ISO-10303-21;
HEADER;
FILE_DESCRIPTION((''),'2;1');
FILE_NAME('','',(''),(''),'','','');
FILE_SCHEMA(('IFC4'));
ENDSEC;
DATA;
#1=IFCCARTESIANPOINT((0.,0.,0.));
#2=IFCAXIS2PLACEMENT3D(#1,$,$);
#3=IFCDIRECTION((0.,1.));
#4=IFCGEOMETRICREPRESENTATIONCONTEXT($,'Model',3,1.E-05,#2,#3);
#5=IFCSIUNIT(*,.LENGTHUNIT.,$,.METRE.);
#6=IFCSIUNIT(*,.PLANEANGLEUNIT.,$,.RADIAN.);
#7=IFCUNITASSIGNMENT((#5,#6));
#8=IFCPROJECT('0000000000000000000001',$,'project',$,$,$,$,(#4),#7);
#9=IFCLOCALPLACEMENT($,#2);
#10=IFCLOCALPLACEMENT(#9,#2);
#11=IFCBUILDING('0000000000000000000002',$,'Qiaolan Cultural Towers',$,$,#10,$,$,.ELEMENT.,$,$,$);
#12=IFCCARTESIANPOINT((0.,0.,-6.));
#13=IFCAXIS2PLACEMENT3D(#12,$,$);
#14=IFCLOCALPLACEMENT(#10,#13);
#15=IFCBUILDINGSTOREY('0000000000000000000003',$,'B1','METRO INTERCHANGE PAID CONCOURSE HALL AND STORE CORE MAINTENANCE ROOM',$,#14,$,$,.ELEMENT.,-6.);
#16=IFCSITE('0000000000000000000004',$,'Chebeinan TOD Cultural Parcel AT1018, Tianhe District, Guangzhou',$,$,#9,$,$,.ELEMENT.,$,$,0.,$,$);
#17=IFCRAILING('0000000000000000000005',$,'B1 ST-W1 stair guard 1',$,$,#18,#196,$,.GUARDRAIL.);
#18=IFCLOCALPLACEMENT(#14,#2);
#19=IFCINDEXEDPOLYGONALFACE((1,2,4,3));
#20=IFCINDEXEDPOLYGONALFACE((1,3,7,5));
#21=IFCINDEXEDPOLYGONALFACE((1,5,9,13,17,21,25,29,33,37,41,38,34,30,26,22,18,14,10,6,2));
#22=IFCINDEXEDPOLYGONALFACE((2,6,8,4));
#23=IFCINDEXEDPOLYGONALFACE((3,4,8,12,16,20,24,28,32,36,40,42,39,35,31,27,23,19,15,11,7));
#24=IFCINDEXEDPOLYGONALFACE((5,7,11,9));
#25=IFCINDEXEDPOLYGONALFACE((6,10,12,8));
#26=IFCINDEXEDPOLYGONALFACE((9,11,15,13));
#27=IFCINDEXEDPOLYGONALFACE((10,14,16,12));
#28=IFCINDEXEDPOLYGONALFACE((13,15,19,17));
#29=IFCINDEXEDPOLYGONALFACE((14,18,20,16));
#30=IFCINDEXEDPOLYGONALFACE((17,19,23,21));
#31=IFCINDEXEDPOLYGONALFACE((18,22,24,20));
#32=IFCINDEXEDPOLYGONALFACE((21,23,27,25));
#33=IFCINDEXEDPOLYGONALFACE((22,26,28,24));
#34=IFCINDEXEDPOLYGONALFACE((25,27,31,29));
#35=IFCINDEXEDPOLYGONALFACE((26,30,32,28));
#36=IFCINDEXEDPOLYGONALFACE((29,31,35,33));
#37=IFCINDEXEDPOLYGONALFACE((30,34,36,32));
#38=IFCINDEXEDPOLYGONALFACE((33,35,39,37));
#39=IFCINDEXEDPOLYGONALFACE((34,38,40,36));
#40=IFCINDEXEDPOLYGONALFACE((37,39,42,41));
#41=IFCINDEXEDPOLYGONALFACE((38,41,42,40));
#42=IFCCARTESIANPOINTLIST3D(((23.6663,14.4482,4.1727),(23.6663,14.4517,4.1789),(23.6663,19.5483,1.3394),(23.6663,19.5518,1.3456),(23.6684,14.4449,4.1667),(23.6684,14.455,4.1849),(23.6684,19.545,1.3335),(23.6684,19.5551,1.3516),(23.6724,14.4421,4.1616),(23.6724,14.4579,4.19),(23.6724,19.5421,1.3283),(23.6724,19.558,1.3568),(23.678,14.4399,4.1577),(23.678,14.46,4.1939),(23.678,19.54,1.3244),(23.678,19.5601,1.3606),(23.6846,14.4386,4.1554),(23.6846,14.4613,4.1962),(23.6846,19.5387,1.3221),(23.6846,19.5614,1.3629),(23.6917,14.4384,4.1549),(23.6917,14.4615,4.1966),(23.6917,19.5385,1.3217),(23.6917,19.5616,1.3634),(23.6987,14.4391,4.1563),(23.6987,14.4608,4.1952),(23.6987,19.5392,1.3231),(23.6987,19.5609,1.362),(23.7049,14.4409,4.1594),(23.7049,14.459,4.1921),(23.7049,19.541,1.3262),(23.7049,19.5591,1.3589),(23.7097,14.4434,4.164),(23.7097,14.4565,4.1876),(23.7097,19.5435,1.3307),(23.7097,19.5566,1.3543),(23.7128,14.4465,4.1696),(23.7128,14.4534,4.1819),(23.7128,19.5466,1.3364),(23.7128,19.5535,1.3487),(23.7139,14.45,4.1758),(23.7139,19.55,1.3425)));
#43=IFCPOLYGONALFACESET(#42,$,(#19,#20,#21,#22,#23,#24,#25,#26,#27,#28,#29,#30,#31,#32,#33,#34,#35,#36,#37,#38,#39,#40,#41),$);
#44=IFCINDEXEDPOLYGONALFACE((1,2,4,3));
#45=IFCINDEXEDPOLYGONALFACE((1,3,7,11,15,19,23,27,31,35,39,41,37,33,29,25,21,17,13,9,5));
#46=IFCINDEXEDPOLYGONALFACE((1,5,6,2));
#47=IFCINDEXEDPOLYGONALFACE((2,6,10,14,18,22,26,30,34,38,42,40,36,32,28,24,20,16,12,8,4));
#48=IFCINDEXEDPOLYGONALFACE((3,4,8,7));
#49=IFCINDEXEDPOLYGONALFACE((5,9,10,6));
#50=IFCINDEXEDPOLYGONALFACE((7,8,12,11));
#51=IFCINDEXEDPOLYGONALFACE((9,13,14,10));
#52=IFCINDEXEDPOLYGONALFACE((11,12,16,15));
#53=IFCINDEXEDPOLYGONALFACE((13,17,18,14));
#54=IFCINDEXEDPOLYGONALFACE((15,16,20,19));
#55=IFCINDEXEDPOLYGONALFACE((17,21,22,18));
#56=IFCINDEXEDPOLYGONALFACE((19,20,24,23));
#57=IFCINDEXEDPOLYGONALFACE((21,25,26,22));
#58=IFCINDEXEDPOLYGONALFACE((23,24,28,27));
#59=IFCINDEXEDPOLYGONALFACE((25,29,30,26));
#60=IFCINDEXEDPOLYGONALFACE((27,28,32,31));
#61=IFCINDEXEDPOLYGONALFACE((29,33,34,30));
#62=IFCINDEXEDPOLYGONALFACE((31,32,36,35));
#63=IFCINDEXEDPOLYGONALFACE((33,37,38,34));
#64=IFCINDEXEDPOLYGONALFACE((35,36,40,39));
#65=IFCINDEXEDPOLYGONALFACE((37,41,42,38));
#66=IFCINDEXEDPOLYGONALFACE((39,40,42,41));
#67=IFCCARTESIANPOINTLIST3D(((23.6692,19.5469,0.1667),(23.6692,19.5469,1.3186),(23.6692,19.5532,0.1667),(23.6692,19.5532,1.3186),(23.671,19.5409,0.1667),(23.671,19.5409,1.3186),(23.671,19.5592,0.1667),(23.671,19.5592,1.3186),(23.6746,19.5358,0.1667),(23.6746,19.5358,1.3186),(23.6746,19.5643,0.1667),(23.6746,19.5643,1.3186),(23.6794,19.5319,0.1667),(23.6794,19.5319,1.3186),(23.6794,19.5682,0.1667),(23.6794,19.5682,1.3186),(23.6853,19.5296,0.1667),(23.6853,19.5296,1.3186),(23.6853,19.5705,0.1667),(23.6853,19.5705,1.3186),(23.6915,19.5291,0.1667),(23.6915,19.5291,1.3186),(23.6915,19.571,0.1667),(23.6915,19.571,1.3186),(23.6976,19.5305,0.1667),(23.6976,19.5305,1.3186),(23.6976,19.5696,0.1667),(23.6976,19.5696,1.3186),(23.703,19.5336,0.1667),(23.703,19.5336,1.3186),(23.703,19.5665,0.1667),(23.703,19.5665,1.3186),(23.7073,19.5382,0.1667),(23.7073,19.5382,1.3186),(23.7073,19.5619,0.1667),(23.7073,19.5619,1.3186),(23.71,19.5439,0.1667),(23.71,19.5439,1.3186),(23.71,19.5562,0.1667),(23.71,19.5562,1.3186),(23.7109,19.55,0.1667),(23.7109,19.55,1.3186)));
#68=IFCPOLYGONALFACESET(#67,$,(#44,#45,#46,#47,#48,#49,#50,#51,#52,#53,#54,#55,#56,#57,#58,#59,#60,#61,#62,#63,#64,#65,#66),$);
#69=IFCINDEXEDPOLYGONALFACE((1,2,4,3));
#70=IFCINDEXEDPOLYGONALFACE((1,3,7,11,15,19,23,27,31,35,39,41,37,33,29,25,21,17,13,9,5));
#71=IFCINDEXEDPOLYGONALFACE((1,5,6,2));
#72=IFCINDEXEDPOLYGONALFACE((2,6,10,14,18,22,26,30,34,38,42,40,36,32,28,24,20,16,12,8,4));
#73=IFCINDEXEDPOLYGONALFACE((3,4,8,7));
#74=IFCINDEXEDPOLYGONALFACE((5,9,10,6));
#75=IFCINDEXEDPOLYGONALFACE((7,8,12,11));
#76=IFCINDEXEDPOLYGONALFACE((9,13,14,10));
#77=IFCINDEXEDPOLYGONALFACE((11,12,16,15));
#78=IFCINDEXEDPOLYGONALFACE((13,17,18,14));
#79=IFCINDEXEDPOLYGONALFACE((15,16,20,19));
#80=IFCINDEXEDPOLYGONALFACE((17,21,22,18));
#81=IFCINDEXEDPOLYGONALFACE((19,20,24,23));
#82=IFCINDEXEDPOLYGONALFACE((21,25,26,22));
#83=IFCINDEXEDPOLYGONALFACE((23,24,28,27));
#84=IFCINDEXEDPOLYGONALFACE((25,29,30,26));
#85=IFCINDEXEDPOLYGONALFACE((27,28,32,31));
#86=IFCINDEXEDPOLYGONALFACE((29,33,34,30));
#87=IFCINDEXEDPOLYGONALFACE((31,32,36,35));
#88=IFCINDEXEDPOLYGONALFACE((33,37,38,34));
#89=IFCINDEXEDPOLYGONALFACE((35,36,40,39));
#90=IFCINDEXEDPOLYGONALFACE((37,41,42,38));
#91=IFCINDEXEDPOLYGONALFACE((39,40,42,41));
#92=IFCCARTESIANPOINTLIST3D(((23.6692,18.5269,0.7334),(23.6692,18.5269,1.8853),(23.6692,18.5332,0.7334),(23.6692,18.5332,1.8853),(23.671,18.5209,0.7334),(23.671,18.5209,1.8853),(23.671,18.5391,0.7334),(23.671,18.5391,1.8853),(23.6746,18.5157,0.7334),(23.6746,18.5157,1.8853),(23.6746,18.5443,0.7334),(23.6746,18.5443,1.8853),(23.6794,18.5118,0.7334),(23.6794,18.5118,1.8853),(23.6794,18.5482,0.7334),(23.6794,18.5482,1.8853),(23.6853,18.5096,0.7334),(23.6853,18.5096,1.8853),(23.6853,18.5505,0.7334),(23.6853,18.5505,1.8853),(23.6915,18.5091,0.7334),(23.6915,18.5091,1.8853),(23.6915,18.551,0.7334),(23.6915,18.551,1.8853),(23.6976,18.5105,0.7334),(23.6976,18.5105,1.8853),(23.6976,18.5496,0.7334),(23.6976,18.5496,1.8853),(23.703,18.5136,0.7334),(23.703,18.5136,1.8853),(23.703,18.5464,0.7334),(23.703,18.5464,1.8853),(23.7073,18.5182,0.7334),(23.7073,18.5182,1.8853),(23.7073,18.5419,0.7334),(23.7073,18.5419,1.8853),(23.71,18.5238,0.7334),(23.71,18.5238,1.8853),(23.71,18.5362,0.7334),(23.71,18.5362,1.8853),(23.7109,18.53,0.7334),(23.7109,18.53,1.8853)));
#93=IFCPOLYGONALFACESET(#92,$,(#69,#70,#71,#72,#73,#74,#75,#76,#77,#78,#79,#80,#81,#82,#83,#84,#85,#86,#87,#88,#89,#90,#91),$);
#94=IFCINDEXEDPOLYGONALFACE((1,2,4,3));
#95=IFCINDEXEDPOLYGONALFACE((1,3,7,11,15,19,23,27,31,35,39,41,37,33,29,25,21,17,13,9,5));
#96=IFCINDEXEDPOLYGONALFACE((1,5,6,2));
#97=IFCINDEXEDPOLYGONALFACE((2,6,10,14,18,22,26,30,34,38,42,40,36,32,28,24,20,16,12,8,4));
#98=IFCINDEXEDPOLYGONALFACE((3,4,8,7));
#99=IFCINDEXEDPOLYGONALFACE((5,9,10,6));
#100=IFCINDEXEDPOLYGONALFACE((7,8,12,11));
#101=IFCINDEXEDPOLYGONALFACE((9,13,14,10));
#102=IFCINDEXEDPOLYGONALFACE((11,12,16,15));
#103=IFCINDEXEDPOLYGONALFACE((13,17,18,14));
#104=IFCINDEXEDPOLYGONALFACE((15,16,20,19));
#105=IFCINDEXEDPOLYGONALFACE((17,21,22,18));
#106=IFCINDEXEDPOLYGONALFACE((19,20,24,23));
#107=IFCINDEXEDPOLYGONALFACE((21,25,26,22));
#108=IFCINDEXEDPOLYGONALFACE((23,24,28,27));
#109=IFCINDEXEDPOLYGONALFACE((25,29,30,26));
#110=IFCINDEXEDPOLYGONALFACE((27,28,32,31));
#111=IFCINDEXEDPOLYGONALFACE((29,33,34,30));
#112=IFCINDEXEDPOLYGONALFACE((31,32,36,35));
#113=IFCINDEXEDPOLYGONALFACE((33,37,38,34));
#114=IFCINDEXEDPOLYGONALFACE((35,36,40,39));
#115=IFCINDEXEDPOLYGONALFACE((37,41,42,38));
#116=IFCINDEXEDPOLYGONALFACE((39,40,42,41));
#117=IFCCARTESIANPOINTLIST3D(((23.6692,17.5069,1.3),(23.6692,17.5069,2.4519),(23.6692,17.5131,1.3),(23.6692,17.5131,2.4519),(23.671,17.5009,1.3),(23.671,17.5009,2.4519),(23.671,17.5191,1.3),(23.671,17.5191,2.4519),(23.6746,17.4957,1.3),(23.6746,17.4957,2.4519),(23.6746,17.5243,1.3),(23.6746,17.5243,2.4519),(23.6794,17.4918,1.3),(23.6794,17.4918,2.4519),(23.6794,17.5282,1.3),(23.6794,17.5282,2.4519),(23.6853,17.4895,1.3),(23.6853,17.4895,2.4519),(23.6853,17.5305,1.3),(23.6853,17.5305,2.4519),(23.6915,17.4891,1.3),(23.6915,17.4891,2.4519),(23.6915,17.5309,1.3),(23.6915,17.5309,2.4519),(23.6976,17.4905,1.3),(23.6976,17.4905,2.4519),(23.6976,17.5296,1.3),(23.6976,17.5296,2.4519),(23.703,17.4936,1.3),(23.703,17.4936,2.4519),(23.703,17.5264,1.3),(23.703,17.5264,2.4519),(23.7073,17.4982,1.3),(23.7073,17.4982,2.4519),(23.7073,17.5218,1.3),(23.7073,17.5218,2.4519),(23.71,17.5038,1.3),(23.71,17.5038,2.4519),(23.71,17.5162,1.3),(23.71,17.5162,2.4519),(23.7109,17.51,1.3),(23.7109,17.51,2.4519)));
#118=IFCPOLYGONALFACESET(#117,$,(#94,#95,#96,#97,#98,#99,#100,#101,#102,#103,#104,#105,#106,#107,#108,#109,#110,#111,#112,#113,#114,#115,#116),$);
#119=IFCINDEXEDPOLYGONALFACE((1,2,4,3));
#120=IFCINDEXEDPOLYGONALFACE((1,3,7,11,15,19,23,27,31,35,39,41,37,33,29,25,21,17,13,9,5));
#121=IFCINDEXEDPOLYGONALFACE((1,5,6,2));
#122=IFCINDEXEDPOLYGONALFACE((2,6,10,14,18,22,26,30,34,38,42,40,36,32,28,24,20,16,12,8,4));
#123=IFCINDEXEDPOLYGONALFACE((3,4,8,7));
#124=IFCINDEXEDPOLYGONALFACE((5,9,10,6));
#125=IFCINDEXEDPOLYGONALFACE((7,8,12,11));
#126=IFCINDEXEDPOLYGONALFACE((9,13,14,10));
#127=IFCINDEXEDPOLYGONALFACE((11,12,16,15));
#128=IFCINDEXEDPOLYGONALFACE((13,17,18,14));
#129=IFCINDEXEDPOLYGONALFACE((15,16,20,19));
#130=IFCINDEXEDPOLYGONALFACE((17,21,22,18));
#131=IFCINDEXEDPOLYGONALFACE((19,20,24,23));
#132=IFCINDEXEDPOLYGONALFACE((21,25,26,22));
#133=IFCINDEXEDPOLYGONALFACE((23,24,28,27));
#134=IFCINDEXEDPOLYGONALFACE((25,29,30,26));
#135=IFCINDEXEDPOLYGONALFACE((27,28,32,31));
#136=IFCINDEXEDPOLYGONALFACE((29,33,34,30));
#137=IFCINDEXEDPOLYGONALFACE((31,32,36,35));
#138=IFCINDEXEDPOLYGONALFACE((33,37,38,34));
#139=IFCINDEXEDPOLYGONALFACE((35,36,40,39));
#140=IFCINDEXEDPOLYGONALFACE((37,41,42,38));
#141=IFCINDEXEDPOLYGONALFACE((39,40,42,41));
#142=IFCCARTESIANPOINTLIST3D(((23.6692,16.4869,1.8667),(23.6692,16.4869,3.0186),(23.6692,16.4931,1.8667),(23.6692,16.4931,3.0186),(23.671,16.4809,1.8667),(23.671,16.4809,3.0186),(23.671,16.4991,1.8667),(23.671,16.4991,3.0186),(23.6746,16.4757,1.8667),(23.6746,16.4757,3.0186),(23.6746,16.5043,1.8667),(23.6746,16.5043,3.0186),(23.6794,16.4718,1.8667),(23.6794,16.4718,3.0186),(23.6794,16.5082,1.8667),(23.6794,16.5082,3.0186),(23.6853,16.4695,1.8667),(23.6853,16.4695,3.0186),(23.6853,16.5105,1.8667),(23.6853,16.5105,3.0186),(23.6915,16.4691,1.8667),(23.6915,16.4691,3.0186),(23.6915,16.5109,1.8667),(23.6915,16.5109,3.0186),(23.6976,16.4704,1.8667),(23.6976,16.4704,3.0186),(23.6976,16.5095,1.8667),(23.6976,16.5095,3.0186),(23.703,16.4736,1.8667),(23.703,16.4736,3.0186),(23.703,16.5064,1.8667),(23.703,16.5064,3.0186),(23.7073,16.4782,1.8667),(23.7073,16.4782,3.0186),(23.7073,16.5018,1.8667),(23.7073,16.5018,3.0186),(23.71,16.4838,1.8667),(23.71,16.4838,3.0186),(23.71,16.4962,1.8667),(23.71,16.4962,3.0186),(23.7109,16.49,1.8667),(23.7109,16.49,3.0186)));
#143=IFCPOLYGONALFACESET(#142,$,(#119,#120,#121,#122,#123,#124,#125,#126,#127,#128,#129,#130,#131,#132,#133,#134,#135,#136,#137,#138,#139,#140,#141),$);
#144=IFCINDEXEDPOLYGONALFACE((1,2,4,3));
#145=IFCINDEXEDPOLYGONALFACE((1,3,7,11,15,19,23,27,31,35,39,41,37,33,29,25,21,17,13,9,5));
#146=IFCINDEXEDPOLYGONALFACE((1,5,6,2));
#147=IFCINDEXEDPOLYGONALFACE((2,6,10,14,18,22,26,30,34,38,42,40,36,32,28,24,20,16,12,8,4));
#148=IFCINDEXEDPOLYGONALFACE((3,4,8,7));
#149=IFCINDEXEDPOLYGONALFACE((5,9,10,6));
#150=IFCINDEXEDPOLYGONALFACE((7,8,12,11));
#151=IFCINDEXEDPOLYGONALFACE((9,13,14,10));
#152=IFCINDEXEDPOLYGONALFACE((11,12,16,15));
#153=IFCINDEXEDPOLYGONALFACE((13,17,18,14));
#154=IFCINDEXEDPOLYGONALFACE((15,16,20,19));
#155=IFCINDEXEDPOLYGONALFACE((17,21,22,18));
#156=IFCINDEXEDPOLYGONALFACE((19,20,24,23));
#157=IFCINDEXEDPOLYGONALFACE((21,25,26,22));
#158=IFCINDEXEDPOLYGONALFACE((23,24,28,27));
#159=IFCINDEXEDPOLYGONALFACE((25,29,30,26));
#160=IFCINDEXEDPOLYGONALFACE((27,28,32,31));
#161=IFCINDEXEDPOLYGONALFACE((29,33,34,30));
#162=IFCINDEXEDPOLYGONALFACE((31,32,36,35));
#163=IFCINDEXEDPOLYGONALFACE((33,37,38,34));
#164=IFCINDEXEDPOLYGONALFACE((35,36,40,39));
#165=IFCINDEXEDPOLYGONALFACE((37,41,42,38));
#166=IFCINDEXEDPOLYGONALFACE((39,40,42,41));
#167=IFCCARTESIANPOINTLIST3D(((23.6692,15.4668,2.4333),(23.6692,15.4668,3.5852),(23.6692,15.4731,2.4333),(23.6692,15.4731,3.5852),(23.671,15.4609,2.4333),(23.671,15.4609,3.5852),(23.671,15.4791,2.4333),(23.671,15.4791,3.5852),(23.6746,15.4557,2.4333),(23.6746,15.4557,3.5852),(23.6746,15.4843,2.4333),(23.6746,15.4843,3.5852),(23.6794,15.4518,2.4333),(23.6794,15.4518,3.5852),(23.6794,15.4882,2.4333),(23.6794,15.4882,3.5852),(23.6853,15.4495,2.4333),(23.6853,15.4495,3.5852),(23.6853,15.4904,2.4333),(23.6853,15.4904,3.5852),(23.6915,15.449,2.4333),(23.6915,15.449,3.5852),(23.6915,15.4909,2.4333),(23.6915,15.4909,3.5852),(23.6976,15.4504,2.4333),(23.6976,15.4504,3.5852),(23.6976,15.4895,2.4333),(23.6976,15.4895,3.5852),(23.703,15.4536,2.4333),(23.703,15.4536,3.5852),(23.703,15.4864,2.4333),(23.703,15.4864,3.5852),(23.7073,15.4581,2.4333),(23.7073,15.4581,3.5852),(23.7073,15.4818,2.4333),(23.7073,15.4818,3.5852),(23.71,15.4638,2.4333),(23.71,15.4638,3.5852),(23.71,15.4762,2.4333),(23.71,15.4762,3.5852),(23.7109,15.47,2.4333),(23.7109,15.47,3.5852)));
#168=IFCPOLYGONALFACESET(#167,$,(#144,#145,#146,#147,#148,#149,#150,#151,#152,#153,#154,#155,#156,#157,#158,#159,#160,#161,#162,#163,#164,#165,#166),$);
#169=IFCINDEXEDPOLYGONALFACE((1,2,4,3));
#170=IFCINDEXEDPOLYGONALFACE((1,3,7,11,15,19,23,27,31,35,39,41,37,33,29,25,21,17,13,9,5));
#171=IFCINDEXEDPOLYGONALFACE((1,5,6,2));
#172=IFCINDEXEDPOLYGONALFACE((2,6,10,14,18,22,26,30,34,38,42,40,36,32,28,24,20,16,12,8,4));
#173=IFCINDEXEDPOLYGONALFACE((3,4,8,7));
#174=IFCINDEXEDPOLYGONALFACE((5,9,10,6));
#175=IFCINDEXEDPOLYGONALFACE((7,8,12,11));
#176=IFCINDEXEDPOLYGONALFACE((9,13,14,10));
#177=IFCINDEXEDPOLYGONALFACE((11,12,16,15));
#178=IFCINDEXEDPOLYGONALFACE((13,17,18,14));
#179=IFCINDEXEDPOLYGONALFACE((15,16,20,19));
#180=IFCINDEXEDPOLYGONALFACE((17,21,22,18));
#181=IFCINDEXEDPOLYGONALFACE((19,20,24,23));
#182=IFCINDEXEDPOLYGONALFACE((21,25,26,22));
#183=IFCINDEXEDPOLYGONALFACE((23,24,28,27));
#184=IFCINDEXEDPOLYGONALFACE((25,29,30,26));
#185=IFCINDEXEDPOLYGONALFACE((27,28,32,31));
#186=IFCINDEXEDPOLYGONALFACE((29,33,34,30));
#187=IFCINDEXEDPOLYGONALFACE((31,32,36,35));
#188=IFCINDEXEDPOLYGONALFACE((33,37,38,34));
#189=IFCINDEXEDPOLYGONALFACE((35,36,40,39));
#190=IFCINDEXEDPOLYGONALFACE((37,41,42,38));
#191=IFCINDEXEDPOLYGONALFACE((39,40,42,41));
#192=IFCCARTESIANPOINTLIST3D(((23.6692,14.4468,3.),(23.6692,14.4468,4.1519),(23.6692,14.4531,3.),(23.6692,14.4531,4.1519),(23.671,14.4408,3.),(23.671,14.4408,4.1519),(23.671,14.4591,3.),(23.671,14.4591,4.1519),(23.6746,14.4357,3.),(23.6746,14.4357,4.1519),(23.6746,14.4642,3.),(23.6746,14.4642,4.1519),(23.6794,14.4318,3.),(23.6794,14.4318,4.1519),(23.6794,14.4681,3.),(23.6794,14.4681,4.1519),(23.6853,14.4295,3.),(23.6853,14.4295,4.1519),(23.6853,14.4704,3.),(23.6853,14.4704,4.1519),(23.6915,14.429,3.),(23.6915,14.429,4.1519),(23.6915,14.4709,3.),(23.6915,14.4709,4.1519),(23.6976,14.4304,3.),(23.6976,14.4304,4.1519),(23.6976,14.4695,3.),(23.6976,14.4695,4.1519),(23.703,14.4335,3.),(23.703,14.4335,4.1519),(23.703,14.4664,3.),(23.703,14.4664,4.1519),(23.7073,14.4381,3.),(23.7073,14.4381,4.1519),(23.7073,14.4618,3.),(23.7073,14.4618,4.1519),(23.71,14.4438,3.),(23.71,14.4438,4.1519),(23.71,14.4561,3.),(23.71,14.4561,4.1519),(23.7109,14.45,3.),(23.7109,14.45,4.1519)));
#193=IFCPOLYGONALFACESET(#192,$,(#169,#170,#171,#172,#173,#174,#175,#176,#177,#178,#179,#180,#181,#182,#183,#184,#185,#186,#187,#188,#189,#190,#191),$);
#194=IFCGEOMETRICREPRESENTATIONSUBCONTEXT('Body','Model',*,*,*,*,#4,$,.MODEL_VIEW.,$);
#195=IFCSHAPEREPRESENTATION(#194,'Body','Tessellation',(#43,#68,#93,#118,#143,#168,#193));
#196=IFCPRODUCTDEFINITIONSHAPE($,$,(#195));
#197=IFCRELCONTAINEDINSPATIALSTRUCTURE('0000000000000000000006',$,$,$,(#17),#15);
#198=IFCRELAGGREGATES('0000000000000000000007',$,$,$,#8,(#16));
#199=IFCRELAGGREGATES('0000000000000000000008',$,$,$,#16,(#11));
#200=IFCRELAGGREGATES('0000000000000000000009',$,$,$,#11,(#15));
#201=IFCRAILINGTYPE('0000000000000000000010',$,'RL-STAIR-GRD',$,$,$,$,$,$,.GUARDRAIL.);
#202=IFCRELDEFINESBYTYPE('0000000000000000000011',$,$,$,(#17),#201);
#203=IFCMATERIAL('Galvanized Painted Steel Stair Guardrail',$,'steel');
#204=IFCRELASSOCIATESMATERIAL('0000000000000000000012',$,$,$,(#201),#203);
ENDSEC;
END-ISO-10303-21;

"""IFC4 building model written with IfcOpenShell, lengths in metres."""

from ifc_helpers import new_model, si_unit, direction, frame, origin, origin_2d, place, context, subcontext, project, spatial, circle, extrude, material, type_object, element, save


model = new_model("IFC4")

# Units and contexts
model_context = context("Model", 3, precision=1e-05, world=origin(), true_north=direction((0.0, 1.0)))
body_context = subcontext(model_context, "Body", "Model", "MODEL_VIEW")
ifc_project = project(units=[si_unit("LENGTHUNIT", "METRE"), si_unit("PLANEANGLEUNIT", "RADIAN")], contexts=[model_context])

# Site, building, storey
site_placement = place(None, origin())
site = spatial("IfcSite", under=ifc_project, at=site_placement, Name="Chebeinan TOD Cultural Parcel AT1018, Tianhe District, Guangzhou", CompositionType="ELEMENT", RefElevation=0.0)
building_placement = place(site_placement, origin())
building = spatial("IfcBuilding", under=site, at=building_placement, Name="Qiaolan Cultural Towers", CompositionType="ELEMENT")
storey_placement = place(building_placement, frame((0.0, 0.0, -6.0)))
storey = spatial("IfcBuildingStorey", under=building, at=storey_placement, Name="B1", Description="METRO INTERCHANGE PAID CONCOURSE HALL AND STORE CORE MAINTENANCE ROOM", CompositionType="ELEMENT", Elevation=-6.0)

# Railing
ifc_material_1 = material(Name="Galvanized Painted Steel Stair Guardrail", Category="steel")
railing_type_1 = type_object("IfcRailingType", Name="RL-STAIR-GRD", PredefinedType="GUARDRAIL", material=ifc_material_1)
railing_1_placement = place(storey_placement, frame((23.6899, 19.55, 0.1667)))
element("IfcRailing", 1, at=railing_1_placement, inside=storey, type_object=railing_type_1, Name="B1 ST-W1 stair guard 1", PredefinedType="GUARDRAIL", context=body_context, shape_type="SweptSolid", body=[
    extrude(circle(Radius=0.0239, at=origin_2d()), frame((0.0, 0.0, 1.1758), z_axis=(0.0, -0.874167, 0.485625), x_axis=(1.0, 0.0, 0.0)), (0.0, 0.0, 1.0), 5.8342),
    extrude(circle(Radius=0.021, at=origin_2d()), origin(), (0.0, 0.0, 1.0), 1.1519),
    extrude(circle(Radius=0.021, at=origin_2d()), frame((0.0, -1.02, 0.5667)), (0.0, 0.0, 1.0), 1.1519),
    extrude(circle(Radius=0.021, at=origin_2d()), frame((0.0, -2.04, 1.1333)), (0.0, 0.0, 1.0), 1.1519),
    extrude(circle(Radius=0.021, at=origin_2d()), frame((0.0, -3.0601, 1.7)), (0.0, 0.0, 1.0), 1.1519),
    extrude(circle(Radius=0.021, at=origin_2d()), frame((0.0, -4.0801, 2.2666)), (0.0, 0.0, 1.0), 1.1519),
    extrude(circle(Radius=0.021, at=origin_2d()), frame((0.0, -5.1001, 2.8333)), (0.0, 0.0, 1.0), 1.1519),
])

save(model, "model.ifc")
